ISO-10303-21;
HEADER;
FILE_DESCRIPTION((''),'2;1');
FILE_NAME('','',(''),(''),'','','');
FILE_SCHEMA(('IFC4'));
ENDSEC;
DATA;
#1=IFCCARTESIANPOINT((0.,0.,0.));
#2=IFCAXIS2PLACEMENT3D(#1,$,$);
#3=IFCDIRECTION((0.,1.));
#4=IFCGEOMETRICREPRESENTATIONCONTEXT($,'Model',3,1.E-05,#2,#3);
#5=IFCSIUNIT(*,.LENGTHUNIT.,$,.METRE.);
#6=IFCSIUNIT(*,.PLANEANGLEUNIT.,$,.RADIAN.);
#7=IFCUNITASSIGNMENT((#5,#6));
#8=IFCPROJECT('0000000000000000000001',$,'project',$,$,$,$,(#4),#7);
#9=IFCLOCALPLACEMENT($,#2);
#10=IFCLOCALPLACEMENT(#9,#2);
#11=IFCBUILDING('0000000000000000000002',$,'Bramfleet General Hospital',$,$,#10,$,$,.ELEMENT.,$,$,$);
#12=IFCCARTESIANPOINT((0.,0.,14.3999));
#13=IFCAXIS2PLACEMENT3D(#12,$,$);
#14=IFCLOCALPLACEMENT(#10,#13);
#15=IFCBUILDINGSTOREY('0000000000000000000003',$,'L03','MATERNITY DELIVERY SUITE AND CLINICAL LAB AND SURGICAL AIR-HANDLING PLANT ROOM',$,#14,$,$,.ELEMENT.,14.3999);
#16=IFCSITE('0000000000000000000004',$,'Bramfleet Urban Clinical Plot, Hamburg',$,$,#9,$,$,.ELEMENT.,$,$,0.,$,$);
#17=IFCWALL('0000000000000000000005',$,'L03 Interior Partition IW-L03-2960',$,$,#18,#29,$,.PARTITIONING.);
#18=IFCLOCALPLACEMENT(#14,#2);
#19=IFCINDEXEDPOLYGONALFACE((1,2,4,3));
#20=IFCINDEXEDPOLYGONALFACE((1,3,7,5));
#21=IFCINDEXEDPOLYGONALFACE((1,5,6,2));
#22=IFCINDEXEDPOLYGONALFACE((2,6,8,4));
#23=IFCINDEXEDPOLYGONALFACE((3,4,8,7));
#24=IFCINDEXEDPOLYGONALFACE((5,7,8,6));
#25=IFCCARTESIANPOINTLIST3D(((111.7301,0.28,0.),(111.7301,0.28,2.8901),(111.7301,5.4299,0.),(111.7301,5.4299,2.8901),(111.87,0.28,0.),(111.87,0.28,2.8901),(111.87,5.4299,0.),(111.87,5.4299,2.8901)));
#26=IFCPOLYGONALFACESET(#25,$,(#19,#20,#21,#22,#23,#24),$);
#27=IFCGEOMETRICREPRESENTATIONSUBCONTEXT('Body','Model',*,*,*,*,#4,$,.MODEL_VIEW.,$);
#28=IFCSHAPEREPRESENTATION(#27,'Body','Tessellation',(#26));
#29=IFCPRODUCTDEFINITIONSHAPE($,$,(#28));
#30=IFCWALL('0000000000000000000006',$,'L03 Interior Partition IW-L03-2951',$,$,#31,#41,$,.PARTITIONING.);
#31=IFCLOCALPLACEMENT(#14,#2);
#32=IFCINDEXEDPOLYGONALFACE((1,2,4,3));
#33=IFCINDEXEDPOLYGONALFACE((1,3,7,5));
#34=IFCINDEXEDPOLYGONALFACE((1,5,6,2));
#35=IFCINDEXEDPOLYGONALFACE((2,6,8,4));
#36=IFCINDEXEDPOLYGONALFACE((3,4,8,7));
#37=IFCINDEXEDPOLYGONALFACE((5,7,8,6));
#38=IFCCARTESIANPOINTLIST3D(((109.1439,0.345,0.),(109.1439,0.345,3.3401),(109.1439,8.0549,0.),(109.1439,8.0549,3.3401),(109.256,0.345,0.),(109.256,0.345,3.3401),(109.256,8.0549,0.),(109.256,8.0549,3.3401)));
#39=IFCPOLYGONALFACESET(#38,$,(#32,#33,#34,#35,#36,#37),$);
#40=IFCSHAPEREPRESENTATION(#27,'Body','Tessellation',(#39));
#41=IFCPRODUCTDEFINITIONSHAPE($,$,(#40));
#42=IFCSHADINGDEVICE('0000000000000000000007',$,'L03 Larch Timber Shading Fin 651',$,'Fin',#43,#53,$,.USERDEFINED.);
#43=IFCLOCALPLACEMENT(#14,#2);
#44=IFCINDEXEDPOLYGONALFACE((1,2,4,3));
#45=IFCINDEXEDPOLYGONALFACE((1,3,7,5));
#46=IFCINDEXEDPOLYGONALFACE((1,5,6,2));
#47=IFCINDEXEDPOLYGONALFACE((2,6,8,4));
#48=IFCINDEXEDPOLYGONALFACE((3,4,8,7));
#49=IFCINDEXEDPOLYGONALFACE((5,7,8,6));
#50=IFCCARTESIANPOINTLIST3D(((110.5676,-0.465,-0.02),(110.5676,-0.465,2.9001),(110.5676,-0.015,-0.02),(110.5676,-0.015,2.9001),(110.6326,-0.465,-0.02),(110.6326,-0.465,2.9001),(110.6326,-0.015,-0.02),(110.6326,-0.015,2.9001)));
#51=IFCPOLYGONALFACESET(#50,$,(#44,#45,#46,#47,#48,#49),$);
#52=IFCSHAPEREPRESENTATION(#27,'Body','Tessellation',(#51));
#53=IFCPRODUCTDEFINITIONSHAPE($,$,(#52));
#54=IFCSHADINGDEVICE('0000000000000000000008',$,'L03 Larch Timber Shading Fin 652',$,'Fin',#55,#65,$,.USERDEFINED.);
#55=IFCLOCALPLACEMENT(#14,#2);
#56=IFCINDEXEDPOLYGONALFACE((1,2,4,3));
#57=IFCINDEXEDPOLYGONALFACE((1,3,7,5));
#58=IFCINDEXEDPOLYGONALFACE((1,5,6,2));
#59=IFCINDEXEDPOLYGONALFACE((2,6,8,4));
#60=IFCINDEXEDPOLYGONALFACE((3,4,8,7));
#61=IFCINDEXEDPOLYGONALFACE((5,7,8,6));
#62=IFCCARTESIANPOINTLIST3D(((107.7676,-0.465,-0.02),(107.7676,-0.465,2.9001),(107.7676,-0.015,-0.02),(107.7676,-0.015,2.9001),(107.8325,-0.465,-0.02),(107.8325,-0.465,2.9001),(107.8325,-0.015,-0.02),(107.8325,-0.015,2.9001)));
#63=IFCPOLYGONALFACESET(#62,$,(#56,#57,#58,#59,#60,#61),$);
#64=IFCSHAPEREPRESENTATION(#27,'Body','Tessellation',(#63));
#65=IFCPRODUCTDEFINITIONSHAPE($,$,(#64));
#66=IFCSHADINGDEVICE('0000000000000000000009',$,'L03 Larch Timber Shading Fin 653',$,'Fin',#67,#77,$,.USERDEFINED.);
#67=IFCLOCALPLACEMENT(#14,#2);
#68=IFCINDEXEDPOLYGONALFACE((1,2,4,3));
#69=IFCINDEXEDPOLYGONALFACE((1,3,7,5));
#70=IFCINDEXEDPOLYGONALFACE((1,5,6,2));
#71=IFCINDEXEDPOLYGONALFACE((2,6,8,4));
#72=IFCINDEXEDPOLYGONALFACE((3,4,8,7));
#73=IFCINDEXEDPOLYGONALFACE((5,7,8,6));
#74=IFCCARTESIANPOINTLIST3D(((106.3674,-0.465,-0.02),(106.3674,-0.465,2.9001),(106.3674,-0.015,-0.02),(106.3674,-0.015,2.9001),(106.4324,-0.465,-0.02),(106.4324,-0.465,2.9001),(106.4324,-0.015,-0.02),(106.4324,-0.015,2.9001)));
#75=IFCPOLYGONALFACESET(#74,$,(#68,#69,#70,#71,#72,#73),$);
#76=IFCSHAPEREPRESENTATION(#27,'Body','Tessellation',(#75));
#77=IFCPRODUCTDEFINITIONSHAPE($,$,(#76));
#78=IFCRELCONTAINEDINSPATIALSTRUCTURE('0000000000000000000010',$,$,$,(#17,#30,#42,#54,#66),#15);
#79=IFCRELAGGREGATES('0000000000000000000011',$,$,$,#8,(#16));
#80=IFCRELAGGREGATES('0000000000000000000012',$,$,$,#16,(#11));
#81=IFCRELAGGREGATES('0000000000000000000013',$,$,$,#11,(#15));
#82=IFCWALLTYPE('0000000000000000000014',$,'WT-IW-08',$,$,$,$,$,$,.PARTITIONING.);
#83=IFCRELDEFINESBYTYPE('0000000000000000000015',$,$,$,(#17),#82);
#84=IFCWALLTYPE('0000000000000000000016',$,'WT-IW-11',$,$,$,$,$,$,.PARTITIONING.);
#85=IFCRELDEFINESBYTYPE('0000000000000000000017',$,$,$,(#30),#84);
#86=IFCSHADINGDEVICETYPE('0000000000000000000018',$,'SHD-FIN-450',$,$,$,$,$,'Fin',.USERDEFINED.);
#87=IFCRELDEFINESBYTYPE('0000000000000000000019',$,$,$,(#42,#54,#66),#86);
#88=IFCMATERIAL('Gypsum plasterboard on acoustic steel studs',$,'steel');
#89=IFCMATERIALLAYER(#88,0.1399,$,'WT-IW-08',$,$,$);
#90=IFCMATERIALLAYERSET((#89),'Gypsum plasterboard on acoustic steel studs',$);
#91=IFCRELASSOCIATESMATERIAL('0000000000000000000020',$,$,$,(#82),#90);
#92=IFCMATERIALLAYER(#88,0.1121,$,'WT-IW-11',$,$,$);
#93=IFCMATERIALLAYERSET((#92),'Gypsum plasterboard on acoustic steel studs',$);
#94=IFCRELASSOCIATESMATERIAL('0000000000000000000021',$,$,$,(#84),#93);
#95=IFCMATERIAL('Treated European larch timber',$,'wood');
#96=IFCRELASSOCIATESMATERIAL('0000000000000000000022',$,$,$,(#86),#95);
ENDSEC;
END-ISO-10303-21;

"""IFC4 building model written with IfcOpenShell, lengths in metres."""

from ifc_helpers import new_model, si_unit, direction, frame, frame_2d, origin, origin_2d, place, context, subcontext, project, spatial, rectangle, extrude, material, layer, layer_set, material_profile, profile_set, type_object, element, save


model = new_model("IFC4")

# Units and contexts
model_context = context("Model", 3, precision=1e-05, world=origin(), true_north=direction((0.0, 1.0)))
body_context = subcontext(model_context, "Body", "Model", "MODEL_VIEW")
ifc_project = project(units=[si_unit("LENGTHUNIT", "METRE"), si_unit("PLANEANGLEUNIT", "RADIAN")], contexts=[model_context])

# Site, building, storey
site_placement = place(None, origin())
site = spatial("IfcSite", under=ifc_project, at=site_placement, Name="Bramfleet Urban Clinical Plot, Hamburg", CompositionType="ELEMENT", RefElevation=0.0)
building_placement = place(site_placement, origin())
building = spatial("IfcBuilding", under=site, at=building_placement, Name="Bramfleet General Hospital", CompositionType="ELEMENT")
storey_placement = place(building_placement, frame((0.0, 0.0, 14.3999)))
storey = spatial("IfcBuildingStorey", under=building, at=storey_placement, Name="L03", Description="MATERNITY DELIVERY SUITE AND CLINICAL LAB AND SURGICAL AIR-HANDLING PLANT ROOM", CompositionType="ELEMENT", Elevation=14.3999)

# Walls
ifc_material_1 = material(Name="Gypsum plasterboard on acoustic steel studs", Category="steel")
ifc_layer_1 = layer(ifc_material_1, 0.1399, Name="WT-IW-08")
ifc_layer_set_1 = layer_set([ifc_layer_1], Name="Gypsum plasterboard on acoustic steel studs")
wall_type_1 = type_object("IfcWallType", Name="WT-IW-08", PredefinedType="PARTITIONING", material=ifc_layer_set_1)
wall_1_placement = place(storey_placement, frame((111.8, 0.28, 0.0), z_axis=(0.0, 0.0, 1.0), x_axis=(0.0, 1.0, 0.0)))
element("IfcWall", 1, at=wall_1_placement, inside=storey, type_object=wall_type_1, Name="L03 Interior Partition IW-L03-2960", PredefinedType="PARTITIONING", context=body_context, shape_type="SweptSolid", body=[
    extrude(rectangle(XDim=5.1499, YDim=0.1399, at=frame_2d((2.575, 0.0))), origin(), (0.0, 0.0, 1.0), 2.8901),
])
ifc_layer_2 = layer(ifc_material_1, 0.1121, Name="WT-IW-11")
ifc_layer_set_2 = layer_set([ifc_layer_2], Name="Gypsum plasterboard on acoustic steel studs")
wall_type_2 = type_object("IfcWallType", Name="WT-IW-11", PredefinedType="PARTITIONING", material=ifc_layer_set_2)
wall_2_placement = place(storey_placement, frame((109.2, 0.345, 0.0), z_axis=(0.0, 0.0, 1.0), x_axis=(0.0, 1.0, 0.0)))
element("IfcWall", 2, at=wall_2_placement, inside=storey, type_object=wall_type_2, Name="L03 Interior Partition IW-L03-2951", PredefinedType="PARTITIONING", context=body_context, shape_type="SweptSolid", body=[
    extrude(rectangle(XDim=7.71, YDim=0.1121, at=frame_2d((3.855, 0.0))), origin(), (0.0, 0.0, 1.0), 3.3401),
])

# Shading devices
ifc_material_2 = material(Name="Treated European larch timber", Category="wood")
ifc_material_profile_1 = material_profile(ifc_material_2, rectangle(XDim=0.0649, YDim=0.45, at=origin_2d()), Name="LARCH FIN 450x65")
ifc_profile_set_1 = profile_set([ifc_material_profile_1], Name="Treated European larch timber")
shading_device_type = type_object("IfcShadingDeviceType", Name="SHD-FIN-450", ElementType="Fin", PredefinedType="USERDEFINED", material=ifc_profile_set_1)
for number, where, z_axis, x_axis, name in (
    (3, (110.6001, -0.24, -0.02), (0.0, 0.0, 1.0), (-1.0, 0.0, 0.0), "L03 Larch Timber Shading Fin 651"),
    (4, (107.8, -0.24, -0.02), (0.0, 0.0, 1.0), (-1.0, 0.0, 0.0), "L03 Larch Timber Shading Fin 652"),
    (5, (106.3999, -0.24, -0.02), (0.0, 0.0, 1.0), (-1.0, 0.0, 0.0), "L03 Larch Timber Shading Fin 653"),
):
    element("IfcShadingDevice", number, at=place(storey_placement, frame(where, z_axis=z_axis, x_axis=x_axis)), inside=storey, type_object=shading_device_type, Name=name, ObjectType="Fin", PredefinedType="USERDEFINED", context=body_context, shape_type="SweptSolid", body=[
        extrude(rectangle(XDim=0.0649, YDim=0.45, at=origin_2d()), origin(), (0.0, 0.0, 1.0), 2.9202),
    ])

save(model, "model.ifc")
